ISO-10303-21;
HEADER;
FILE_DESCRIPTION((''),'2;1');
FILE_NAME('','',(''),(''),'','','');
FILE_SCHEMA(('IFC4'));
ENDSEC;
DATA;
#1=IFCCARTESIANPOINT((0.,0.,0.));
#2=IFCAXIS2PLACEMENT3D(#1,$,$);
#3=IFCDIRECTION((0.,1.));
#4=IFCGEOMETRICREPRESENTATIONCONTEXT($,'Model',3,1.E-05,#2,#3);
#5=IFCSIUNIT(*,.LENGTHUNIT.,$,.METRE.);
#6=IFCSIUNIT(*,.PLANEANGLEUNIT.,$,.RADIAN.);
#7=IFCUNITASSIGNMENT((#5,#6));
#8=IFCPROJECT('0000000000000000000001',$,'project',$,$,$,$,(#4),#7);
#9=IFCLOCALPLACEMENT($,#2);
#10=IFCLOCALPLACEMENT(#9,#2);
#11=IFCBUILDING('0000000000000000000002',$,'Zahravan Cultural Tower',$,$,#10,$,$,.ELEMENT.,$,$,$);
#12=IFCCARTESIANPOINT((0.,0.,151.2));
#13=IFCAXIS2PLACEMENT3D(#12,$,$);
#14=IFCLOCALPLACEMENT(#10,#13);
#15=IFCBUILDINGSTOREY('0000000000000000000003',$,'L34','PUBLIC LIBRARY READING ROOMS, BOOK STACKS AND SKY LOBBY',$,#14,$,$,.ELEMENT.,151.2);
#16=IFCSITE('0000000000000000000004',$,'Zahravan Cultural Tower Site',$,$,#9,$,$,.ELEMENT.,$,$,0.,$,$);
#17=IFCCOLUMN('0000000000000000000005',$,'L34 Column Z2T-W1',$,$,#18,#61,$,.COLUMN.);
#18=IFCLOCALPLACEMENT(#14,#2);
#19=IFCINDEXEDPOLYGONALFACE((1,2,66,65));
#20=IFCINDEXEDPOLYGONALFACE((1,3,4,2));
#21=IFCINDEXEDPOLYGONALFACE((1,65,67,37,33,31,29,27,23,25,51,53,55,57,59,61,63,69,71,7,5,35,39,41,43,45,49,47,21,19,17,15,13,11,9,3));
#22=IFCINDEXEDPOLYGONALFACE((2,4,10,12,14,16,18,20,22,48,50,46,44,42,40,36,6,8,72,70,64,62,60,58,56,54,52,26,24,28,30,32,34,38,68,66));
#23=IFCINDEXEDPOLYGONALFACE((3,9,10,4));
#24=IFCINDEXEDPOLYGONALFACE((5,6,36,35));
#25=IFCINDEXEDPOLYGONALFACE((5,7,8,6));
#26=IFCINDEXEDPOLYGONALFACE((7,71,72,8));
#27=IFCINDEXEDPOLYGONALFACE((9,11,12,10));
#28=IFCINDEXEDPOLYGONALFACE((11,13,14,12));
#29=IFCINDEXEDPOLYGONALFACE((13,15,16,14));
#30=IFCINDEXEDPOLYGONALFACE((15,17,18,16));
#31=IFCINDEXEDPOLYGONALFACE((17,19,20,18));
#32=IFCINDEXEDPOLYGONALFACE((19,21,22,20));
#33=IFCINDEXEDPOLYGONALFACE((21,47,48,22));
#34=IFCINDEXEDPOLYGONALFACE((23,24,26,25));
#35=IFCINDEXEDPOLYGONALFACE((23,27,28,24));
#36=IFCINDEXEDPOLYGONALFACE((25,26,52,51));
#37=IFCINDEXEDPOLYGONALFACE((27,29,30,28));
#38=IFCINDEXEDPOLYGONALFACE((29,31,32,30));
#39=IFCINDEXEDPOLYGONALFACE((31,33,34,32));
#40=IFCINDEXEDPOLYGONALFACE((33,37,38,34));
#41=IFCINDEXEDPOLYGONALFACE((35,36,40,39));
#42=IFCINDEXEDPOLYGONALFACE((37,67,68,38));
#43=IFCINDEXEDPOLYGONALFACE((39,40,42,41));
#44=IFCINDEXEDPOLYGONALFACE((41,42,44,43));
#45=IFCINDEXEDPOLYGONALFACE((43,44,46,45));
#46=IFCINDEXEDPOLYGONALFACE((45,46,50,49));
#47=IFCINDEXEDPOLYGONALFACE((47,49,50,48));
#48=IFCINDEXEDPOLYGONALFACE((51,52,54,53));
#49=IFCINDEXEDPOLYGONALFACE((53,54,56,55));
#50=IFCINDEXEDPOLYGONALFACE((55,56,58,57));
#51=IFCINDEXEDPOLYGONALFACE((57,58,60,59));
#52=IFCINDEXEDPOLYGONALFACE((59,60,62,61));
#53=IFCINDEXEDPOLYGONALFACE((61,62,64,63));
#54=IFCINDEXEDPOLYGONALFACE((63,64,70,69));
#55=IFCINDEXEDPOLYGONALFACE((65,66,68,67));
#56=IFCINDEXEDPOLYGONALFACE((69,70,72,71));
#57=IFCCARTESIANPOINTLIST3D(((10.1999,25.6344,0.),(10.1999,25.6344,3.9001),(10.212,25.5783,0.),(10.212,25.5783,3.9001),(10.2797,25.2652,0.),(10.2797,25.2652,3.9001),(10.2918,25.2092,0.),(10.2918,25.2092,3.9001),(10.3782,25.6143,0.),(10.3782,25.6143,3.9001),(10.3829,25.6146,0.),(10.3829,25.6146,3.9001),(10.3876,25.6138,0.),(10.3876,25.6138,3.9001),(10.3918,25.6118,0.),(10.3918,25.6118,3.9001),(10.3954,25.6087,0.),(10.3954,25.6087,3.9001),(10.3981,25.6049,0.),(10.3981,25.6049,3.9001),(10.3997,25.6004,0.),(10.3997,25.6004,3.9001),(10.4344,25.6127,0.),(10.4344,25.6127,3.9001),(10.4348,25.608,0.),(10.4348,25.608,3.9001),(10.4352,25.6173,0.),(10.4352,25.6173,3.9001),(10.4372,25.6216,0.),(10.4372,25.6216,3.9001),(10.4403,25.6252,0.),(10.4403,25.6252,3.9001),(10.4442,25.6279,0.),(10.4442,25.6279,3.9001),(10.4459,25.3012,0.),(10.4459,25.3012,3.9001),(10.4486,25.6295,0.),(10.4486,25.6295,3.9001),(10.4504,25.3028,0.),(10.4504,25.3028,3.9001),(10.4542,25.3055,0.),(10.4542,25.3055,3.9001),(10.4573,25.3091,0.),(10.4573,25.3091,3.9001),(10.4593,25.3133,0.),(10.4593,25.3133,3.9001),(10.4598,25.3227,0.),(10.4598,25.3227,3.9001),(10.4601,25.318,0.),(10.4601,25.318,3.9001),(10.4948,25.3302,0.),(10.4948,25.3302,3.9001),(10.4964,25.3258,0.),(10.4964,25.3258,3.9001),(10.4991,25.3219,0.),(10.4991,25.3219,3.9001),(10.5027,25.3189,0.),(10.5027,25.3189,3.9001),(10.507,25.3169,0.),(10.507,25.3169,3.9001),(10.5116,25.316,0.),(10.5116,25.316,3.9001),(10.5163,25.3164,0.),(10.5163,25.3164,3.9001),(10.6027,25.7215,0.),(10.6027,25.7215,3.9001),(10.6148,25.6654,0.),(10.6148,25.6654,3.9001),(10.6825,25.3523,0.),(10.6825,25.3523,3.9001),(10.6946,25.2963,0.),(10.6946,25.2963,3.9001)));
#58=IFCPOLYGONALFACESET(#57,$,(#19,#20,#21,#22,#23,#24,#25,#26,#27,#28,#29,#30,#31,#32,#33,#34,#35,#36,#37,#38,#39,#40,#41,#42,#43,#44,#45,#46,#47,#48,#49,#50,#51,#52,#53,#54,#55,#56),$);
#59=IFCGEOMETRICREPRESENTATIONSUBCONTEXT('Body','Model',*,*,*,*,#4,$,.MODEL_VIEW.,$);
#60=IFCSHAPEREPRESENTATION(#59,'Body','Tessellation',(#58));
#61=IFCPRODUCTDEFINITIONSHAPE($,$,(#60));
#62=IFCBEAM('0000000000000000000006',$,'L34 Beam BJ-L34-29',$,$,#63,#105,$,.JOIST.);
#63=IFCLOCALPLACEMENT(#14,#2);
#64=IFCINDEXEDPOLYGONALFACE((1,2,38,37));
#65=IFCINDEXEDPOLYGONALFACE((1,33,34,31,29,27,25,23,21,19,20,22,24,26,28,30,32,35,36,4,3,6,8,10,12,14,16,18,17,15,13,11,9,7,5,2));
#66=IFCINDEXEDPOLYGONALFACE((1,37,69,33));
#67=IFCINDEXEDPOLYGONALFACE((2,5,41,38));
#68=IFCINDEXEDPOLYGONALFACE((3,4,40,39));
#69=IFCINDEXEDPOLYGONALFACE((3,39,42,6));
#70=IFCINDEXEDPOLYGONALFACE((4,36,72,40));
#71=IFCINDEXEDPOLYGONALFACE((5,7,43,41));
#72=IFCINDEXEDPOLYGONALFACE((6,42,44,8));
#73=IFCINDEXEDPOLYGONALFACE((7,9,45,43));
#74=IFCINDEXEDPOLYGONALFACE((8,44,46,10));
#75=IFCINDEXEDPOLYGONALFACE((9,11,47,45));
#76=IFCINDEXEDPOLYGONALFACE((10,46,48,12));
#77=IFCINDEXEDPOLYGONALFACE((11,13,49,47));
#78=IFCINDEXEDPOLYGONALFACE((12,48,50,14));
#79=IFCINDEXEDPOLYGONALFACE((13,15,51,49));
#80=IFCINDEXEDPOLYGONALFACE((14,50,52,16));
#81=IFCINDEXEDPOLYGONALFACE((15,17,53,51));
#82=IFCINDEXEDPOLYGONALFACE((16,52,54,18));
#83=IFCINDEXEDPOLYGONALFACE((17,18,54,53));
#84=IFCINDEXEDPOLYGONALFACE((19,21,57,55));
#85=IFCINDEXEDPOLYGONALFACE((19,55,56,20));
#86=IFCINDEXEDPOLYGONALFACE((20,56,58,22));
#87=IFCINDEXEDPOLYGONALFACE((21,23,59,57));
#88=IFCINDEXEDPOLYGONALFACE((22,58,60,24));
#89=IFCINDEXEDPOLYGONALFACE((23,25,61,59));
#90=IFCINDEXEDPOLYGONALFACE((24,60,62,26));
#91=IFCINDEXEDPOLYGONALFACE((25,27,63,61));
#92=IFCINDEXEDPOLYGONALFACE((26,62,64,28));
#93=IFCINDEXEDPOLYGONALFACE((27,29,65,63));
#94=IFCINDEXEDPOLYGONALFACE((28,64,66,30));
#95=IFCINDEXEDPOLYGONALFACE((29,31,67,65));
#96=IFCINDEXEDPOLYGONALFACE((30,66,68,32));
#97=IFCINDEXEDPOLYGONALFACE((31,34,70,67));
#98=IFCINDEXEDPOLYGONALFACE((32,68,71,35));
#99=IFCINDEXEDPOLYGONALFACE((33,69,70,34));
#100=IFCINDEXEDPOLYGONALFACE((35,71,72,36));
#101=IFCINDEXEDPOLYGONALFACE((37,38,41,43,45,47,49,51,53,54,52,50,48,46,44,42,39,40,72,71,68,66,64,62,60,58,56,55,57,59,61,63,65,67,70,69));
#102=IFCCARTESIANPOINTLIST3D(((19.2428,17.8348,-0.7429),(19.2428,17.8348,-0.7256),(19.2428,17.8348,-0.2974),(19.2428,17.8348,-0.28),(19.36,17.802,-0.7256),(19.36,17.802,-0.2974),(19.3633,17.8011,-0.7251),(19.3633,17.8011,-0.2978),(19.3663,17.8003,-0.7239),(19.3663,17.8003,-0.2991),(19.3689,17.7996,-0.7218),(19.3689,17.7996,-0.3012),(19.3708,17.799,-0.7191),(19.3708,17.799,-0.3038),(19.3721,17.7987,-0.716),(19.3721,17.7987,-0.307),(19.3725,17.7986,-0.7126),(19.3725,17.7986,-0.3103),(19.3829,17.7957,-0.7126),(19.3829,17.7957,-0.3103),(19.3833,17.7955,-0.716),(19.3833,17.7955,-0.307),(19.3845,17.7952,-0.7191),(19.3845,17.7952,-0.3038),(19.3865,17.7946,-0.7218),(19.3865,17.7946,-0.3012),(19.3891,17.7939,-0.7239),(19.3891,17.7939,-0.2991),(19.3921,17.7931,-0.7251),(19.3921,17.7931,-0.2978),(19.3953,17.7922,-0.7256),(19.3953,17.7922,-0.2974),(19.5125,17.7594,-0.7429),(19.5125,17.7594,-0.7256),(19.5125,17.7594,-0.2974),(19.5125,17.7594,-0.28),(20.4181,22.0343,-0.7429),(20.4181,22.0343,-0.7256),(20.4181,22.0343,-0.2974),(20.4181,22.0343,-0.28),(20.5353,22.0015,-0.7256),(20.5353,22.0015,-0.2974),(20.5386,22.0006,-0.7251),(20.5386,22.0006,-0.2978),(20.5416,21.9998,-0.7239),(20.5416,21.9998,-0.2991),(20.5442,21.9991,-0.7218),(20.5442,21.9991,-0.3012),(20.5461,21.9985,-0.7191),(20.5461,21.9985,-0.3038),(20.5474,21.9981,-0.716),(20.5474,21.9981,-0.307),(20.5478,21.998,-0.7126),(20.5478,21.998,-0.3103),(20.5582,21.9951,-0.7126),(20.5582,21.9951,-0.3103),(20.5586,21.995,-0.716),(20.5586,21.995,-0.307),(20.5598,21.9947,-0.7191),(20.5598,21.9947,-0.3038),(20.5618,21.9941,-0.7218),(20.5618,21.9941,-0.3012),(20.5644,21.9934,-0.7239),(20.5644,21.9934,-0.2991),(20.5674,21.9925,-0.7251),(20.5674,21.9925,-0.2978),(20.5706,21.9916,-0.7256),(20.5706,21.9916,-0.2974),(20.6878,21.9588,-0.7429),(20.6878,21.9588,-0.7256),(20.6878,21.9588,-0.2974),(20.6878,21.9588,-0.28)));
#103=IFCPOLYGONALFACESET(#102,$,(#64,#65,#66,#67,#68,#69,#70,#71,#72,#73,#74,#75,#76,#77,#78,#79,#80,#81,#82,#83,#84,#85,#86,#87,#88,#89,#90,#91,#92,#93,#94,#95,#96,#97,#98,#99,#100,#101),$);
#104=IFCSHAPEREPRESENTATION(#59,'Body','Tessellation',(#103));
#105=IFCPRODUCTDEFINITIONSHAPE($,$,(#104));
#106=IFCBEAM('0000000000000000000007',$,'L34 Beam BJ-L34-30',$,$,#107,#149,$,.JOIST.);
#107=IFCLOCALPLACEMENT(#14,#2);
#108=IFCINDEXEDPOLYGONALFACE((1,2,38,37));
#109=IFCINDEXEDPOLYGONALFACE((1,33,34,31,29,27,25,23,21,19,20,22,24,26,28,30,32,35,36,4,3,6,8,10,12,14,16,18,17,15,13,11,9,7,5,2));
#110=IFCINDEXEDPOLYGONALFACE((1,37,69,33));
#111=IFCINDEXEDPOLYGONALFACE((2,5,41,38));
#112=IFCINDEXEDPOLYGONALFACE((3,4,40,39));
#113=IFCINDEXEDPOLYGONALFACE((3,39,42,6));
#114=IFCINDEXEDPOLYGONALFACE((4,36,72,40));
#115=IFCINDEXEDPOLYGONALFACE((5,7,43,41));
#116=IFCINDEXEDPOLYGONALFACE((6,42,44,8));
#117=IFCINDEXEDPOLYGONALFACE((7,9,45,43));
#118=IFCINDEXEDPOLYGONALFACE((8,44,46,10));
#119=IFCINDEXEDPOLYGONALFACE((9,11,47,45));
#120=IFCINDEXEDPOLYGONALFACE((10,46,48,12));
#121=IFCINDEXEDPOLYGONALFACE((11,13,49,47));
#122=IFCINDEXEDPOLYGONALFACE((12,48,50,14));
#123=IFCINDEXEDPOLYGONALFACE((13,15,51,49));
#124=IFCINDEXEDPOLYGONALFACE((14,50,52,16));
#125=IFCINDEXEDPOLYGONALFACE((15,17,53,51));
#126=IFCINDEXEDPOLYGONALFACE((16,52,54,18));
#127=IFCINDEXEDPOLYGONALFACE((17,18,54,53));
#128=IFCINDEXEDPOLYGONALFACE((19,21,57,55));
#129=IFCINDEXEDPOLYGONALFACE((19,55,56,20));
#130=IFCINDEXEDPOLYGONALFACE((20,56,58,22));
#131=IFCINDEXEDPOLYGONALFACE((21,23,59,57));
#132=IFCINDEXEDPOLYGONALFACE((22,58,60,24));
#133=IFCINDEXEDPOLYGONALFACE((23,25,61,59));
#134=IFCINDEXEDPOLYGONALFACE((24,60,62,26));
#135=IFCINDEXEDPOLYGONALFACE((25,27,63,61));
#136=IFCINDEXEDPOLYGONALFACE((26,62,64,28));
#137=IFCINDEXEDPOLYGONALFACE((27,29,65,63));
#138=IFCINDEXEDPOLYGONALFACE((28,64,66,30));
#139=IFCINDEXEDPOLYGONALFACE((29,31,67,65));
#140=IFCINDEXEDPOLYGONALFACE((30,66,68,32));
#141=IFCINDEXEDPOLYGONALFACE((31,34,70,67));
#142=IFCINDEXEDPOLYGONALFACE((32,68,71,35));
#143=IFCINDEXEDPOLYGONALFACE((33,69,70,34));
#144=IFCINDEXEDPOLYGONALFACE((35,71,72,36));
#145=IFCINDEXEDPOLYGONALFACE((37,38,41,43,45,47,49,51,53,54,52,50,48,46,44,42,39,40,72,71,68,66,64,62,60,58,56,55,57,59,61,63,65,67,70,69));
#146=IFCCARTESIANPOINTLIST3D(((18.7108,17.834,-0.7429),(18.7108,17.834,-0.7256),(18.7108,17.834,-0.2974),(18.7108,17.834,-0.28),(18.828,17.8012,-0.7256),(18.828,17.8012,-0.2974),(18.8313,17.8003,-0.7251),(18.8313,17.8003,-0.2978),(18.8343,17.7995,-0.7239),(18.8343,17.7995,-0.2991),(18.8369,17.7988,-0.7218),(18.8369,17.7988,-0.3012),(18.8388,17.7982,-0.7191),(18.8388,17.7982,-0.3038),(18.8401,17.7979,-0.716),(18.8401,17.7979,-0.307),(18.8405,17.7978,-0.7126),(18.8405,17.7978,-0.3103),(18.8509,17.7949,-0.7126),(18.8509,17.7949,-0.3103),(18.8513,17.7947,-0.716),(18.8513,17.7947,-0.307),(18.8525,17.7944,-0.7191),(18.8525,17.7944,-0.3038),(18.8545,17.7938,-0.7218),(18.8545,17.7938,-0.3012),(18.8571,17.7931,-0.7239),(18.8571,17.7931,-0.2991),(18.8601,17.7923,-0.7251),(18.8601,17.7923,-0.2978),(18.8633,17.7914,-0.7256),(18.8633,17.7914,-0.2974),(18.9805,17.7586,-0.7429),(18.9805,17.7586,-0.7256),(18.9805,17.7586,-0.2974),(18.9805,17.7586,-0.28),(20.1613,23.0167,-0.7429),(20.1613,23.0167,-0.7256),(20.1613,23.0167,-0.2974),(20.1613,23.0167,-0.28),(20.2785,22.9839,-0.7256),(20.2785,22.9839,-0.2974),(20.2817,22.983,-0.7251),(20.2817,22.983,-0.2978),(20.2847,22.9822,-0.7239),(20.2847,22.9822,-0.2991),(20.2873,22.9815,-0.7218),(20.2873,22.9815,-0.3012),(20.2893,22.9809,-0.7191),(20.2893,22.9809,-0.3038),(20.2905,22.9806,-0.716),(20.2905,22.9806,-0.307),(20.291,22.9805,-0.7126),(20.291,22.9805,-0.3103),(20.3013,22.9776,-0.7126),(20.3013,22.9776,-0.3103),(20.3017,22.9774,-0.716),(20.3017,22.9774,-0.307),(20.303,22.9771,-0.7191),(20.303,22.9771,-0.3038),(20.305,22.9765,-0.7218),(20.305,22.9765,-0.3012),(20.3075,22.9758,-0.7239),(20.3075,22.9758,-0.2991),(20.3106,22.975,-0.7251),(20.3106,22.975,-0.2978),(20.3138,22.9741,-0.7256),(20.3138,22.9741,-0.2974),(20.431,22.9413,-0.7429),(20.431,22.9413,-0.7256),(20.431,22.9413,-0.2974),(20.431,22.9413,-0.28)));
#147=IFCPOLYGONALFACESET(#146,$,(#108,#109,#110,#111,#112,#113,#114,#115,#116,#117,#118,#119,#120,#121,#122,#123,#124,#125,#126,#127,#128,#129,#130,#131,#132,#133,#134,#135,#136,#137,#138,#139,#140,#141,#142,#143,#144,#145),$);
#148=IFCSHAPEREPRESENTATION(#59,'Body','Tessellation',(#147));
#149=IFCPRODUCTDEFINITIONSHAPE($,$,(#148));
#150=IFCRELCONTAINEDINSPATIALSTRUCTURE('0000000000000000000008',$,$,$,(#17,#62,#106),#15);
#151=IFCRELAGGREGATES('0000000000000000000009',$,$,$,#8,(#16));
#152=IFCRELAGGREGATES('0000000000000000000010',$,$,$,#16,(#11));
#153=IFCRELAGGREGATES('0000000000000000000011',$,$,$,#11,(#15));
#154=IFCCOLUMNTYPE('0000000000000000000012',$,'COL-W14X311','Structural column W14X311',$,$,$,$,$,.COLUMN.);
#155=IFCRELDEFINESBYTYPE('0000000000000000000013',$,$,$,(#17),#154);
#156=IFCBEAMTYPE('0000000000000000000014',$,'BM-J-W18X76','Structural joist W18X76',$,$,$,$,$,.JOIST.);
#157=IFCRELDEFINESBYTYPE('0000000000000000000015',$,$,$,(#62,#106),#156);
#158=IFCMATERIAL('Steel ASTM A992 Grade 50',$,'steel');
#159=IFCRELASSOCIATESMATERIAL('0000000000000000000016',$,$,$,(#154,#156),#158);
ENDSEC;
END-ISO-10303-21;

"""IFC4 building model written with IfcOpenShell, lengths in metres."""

from ifc_helpers import new_model, si_unit, direction, frame, origin, origin_2d, place, context, subcontext, project, spatial, i_section, extrude, source, transform, mapped, material, material_profile, profile_set, type_object, element, save


model = new_model("IFC4")

# Units and contexts
model_context = context("Model", 3, precision=1e-05, world=origin(), true_north=direction((0.0, 1.0)))
body_context = subcontext(model_context, "Body", "Model", "MODEL_VIEW")
ifc_project = project(units=[si_unit("LENGTHUNIT", "METRE"), si_unit("PLANEANGLEUNIT", "RADIAN")], contexts=[model_context])

# Site, building, storey
site_placement = place(None, origin())
site = spatial("IfcSite", under=ifc_project, at=site_placement, Name="Zahravan Cultural Tower Site", CompositionType="ELEMENT", RefElevation=0.0)
building_placement = place(site_placement, origin())
building = spatial("IfcBuilding", under=site, at=building_placement, Name="Zahravan Cultural Tower", CompositionType="ELEMENT")
storey_placement = place(building_placement, frame((0.0, 0.0, 151.2)))
storey = spatial("IfcBuildingStorey", under=building, at=storey_placement, Name="L34", Description="PUBLIC LIBRARY READING ROOMS, BOOK STACKS AND SKY LOBBY", CompositionType="ELEMENT", Elevation=151.2)

# Column
ifc_material_1 = material(Name="Steel ASTM A992 Grade 50", Category="steel")
ifc_material_profile_1 = material_profile(ifc_material_1, i_section(OverallWidth=0.4121, OverallDepth=0.4351, WebThickness=0.0359, FlangeThickness=0.0574, FilletRadius=0.0181, at=origin_2d()), Name="W14X311")
ifc_profile_set_1 = profile_set([ifc_material_profile_1], Name="Steel ASTM A992 Grade 50")
column_type = type_object("IfcColumnType", Name="COL-W14X311", Description="Structural column W14X311", PredefinedType="COLUMN", material=ifc_profile_set_1)
shared_shape_1 = source(origin(), body_context, "Body", "SweptSolid", [
    extrude(i_section(OverallWidth=0.4121, OverallDepth=0.4351, WebThickness=0.0359, FlangeThickness=0.0574, FilletRadius=0.0181, at=origin_2d()), origin(), (0.0, 0.0, 1.0), 3.9001),
])
column_placement = place(storey_placement, frame((10.4473, 25.4653, 0.0), z_axis=(0.0, 0.0, 1.0), x_axis=(0.977416, 0.211325, 0.0)))
element("IfcColumn", 1, at=column_placement, inside=storey, type_object=column_type, Name="L34 Column Z2T-W1", PredefinedType="COLUMN", context=body_context, shape_type="MappedRepresentation", body=[
    mapped(shared_shape_1, transform((0.0, 0.0, 0.0), x_axis=(1.0, 0.0, 0.0), y_axis=(0.0, 1.0, 0.0), z_axis=(0.0, 0.0, 1.0), scale=1.0)),
])

# Beams
ifc_material_profile_2 = material_profile(ifc_material_1, i_section(OverallWidth=0.28, OverallDepth=0.4629, WebThickness=0.0107, FlangeThickness=0.0173, FilletRadius=0.0129, at=origin_2d()), Name="W18X76")
ifc_profile_set_2 = profile_set([ifc_material_profile_2], Name="Steel ASTM A992 Grade 50")
beam_type = type_object("IfcBeamType", Name="BM-J-W18X76", Description="Structural joist W18X76", PredefinedType="JOIST", material=ifc_profile_set_2)
shared_shape_2 = source(origin(), body_context, "Body", "SweptSolid", [
    extrude(i_section(OverallWidth=0.28, OverallDepth=0.4629, WebThickness=0.0107, FlangeThickness=0.0173, FilletRadius=0.0129, at=origin_2d()), origin(), (0.0, 0.0, 1.0), 4.3608),
])
beam_1_placement = place(storey_placement, frame((20.553, 21.9966, -0.5115), z_axis=(-0.269512, -0.962997, 0.0), x_axis=(0.962997, -0.269512, 0.0)))
element("IfcBeam", 2, at=beam_1_placement, inside=storey, type_object=beam_type, Name="L34 Beam BJ-L34-29", PredefinedType="JOIST", context=body_context, shape_type="MappedRepresentation", body=[
    mapped(shared_shape_2, transform((0.0, 0.0, 0.0), x_axis=(1.0, 0.0, 0.0), y_axis=(0.0, 1.0, 0.0), z_axis=(0.0, 0.0, 1.0), scale=1.0)),
])
shared_shape_3 = source(origin(), body_context, "Body", "SweptSolid", [
    extrude(i_section(OverallWidth=0.28, OverallDepth=0.4629, WebThickness=0.0107, FlangeThickness=0.0173, FilletRadius=0.0129, at=origin_2d()), origin(), (0.0, 0.0, 1.0), 5.3818),
])
beam_2_placement = place(storey_placement, frame((20.2961, 22.979, -0.5115), z_axis=(-0.26951, -0.962997, 0.0), x_axis=(0.962997, -0.26951, 0.0)))
element("IfcBeam", 3, at=beam_2_placement, inside=storey, type_object=beam_type, Name="L34 Beam BJ-L34-30", PredefinedType="JOIST", context=body_context, shape_type="MappedRepresentation", body=[
    mapped(shared_shape_3, transform((0.0, 0.0, 0.0), x_axis=(1.0, 0.0, 0.0), y_axis=(0.0, 1.0, 0.0), z_axis=(0.0, 0.0, 1.0), scale=1.0)),
])

save(model, "model.ifc")
